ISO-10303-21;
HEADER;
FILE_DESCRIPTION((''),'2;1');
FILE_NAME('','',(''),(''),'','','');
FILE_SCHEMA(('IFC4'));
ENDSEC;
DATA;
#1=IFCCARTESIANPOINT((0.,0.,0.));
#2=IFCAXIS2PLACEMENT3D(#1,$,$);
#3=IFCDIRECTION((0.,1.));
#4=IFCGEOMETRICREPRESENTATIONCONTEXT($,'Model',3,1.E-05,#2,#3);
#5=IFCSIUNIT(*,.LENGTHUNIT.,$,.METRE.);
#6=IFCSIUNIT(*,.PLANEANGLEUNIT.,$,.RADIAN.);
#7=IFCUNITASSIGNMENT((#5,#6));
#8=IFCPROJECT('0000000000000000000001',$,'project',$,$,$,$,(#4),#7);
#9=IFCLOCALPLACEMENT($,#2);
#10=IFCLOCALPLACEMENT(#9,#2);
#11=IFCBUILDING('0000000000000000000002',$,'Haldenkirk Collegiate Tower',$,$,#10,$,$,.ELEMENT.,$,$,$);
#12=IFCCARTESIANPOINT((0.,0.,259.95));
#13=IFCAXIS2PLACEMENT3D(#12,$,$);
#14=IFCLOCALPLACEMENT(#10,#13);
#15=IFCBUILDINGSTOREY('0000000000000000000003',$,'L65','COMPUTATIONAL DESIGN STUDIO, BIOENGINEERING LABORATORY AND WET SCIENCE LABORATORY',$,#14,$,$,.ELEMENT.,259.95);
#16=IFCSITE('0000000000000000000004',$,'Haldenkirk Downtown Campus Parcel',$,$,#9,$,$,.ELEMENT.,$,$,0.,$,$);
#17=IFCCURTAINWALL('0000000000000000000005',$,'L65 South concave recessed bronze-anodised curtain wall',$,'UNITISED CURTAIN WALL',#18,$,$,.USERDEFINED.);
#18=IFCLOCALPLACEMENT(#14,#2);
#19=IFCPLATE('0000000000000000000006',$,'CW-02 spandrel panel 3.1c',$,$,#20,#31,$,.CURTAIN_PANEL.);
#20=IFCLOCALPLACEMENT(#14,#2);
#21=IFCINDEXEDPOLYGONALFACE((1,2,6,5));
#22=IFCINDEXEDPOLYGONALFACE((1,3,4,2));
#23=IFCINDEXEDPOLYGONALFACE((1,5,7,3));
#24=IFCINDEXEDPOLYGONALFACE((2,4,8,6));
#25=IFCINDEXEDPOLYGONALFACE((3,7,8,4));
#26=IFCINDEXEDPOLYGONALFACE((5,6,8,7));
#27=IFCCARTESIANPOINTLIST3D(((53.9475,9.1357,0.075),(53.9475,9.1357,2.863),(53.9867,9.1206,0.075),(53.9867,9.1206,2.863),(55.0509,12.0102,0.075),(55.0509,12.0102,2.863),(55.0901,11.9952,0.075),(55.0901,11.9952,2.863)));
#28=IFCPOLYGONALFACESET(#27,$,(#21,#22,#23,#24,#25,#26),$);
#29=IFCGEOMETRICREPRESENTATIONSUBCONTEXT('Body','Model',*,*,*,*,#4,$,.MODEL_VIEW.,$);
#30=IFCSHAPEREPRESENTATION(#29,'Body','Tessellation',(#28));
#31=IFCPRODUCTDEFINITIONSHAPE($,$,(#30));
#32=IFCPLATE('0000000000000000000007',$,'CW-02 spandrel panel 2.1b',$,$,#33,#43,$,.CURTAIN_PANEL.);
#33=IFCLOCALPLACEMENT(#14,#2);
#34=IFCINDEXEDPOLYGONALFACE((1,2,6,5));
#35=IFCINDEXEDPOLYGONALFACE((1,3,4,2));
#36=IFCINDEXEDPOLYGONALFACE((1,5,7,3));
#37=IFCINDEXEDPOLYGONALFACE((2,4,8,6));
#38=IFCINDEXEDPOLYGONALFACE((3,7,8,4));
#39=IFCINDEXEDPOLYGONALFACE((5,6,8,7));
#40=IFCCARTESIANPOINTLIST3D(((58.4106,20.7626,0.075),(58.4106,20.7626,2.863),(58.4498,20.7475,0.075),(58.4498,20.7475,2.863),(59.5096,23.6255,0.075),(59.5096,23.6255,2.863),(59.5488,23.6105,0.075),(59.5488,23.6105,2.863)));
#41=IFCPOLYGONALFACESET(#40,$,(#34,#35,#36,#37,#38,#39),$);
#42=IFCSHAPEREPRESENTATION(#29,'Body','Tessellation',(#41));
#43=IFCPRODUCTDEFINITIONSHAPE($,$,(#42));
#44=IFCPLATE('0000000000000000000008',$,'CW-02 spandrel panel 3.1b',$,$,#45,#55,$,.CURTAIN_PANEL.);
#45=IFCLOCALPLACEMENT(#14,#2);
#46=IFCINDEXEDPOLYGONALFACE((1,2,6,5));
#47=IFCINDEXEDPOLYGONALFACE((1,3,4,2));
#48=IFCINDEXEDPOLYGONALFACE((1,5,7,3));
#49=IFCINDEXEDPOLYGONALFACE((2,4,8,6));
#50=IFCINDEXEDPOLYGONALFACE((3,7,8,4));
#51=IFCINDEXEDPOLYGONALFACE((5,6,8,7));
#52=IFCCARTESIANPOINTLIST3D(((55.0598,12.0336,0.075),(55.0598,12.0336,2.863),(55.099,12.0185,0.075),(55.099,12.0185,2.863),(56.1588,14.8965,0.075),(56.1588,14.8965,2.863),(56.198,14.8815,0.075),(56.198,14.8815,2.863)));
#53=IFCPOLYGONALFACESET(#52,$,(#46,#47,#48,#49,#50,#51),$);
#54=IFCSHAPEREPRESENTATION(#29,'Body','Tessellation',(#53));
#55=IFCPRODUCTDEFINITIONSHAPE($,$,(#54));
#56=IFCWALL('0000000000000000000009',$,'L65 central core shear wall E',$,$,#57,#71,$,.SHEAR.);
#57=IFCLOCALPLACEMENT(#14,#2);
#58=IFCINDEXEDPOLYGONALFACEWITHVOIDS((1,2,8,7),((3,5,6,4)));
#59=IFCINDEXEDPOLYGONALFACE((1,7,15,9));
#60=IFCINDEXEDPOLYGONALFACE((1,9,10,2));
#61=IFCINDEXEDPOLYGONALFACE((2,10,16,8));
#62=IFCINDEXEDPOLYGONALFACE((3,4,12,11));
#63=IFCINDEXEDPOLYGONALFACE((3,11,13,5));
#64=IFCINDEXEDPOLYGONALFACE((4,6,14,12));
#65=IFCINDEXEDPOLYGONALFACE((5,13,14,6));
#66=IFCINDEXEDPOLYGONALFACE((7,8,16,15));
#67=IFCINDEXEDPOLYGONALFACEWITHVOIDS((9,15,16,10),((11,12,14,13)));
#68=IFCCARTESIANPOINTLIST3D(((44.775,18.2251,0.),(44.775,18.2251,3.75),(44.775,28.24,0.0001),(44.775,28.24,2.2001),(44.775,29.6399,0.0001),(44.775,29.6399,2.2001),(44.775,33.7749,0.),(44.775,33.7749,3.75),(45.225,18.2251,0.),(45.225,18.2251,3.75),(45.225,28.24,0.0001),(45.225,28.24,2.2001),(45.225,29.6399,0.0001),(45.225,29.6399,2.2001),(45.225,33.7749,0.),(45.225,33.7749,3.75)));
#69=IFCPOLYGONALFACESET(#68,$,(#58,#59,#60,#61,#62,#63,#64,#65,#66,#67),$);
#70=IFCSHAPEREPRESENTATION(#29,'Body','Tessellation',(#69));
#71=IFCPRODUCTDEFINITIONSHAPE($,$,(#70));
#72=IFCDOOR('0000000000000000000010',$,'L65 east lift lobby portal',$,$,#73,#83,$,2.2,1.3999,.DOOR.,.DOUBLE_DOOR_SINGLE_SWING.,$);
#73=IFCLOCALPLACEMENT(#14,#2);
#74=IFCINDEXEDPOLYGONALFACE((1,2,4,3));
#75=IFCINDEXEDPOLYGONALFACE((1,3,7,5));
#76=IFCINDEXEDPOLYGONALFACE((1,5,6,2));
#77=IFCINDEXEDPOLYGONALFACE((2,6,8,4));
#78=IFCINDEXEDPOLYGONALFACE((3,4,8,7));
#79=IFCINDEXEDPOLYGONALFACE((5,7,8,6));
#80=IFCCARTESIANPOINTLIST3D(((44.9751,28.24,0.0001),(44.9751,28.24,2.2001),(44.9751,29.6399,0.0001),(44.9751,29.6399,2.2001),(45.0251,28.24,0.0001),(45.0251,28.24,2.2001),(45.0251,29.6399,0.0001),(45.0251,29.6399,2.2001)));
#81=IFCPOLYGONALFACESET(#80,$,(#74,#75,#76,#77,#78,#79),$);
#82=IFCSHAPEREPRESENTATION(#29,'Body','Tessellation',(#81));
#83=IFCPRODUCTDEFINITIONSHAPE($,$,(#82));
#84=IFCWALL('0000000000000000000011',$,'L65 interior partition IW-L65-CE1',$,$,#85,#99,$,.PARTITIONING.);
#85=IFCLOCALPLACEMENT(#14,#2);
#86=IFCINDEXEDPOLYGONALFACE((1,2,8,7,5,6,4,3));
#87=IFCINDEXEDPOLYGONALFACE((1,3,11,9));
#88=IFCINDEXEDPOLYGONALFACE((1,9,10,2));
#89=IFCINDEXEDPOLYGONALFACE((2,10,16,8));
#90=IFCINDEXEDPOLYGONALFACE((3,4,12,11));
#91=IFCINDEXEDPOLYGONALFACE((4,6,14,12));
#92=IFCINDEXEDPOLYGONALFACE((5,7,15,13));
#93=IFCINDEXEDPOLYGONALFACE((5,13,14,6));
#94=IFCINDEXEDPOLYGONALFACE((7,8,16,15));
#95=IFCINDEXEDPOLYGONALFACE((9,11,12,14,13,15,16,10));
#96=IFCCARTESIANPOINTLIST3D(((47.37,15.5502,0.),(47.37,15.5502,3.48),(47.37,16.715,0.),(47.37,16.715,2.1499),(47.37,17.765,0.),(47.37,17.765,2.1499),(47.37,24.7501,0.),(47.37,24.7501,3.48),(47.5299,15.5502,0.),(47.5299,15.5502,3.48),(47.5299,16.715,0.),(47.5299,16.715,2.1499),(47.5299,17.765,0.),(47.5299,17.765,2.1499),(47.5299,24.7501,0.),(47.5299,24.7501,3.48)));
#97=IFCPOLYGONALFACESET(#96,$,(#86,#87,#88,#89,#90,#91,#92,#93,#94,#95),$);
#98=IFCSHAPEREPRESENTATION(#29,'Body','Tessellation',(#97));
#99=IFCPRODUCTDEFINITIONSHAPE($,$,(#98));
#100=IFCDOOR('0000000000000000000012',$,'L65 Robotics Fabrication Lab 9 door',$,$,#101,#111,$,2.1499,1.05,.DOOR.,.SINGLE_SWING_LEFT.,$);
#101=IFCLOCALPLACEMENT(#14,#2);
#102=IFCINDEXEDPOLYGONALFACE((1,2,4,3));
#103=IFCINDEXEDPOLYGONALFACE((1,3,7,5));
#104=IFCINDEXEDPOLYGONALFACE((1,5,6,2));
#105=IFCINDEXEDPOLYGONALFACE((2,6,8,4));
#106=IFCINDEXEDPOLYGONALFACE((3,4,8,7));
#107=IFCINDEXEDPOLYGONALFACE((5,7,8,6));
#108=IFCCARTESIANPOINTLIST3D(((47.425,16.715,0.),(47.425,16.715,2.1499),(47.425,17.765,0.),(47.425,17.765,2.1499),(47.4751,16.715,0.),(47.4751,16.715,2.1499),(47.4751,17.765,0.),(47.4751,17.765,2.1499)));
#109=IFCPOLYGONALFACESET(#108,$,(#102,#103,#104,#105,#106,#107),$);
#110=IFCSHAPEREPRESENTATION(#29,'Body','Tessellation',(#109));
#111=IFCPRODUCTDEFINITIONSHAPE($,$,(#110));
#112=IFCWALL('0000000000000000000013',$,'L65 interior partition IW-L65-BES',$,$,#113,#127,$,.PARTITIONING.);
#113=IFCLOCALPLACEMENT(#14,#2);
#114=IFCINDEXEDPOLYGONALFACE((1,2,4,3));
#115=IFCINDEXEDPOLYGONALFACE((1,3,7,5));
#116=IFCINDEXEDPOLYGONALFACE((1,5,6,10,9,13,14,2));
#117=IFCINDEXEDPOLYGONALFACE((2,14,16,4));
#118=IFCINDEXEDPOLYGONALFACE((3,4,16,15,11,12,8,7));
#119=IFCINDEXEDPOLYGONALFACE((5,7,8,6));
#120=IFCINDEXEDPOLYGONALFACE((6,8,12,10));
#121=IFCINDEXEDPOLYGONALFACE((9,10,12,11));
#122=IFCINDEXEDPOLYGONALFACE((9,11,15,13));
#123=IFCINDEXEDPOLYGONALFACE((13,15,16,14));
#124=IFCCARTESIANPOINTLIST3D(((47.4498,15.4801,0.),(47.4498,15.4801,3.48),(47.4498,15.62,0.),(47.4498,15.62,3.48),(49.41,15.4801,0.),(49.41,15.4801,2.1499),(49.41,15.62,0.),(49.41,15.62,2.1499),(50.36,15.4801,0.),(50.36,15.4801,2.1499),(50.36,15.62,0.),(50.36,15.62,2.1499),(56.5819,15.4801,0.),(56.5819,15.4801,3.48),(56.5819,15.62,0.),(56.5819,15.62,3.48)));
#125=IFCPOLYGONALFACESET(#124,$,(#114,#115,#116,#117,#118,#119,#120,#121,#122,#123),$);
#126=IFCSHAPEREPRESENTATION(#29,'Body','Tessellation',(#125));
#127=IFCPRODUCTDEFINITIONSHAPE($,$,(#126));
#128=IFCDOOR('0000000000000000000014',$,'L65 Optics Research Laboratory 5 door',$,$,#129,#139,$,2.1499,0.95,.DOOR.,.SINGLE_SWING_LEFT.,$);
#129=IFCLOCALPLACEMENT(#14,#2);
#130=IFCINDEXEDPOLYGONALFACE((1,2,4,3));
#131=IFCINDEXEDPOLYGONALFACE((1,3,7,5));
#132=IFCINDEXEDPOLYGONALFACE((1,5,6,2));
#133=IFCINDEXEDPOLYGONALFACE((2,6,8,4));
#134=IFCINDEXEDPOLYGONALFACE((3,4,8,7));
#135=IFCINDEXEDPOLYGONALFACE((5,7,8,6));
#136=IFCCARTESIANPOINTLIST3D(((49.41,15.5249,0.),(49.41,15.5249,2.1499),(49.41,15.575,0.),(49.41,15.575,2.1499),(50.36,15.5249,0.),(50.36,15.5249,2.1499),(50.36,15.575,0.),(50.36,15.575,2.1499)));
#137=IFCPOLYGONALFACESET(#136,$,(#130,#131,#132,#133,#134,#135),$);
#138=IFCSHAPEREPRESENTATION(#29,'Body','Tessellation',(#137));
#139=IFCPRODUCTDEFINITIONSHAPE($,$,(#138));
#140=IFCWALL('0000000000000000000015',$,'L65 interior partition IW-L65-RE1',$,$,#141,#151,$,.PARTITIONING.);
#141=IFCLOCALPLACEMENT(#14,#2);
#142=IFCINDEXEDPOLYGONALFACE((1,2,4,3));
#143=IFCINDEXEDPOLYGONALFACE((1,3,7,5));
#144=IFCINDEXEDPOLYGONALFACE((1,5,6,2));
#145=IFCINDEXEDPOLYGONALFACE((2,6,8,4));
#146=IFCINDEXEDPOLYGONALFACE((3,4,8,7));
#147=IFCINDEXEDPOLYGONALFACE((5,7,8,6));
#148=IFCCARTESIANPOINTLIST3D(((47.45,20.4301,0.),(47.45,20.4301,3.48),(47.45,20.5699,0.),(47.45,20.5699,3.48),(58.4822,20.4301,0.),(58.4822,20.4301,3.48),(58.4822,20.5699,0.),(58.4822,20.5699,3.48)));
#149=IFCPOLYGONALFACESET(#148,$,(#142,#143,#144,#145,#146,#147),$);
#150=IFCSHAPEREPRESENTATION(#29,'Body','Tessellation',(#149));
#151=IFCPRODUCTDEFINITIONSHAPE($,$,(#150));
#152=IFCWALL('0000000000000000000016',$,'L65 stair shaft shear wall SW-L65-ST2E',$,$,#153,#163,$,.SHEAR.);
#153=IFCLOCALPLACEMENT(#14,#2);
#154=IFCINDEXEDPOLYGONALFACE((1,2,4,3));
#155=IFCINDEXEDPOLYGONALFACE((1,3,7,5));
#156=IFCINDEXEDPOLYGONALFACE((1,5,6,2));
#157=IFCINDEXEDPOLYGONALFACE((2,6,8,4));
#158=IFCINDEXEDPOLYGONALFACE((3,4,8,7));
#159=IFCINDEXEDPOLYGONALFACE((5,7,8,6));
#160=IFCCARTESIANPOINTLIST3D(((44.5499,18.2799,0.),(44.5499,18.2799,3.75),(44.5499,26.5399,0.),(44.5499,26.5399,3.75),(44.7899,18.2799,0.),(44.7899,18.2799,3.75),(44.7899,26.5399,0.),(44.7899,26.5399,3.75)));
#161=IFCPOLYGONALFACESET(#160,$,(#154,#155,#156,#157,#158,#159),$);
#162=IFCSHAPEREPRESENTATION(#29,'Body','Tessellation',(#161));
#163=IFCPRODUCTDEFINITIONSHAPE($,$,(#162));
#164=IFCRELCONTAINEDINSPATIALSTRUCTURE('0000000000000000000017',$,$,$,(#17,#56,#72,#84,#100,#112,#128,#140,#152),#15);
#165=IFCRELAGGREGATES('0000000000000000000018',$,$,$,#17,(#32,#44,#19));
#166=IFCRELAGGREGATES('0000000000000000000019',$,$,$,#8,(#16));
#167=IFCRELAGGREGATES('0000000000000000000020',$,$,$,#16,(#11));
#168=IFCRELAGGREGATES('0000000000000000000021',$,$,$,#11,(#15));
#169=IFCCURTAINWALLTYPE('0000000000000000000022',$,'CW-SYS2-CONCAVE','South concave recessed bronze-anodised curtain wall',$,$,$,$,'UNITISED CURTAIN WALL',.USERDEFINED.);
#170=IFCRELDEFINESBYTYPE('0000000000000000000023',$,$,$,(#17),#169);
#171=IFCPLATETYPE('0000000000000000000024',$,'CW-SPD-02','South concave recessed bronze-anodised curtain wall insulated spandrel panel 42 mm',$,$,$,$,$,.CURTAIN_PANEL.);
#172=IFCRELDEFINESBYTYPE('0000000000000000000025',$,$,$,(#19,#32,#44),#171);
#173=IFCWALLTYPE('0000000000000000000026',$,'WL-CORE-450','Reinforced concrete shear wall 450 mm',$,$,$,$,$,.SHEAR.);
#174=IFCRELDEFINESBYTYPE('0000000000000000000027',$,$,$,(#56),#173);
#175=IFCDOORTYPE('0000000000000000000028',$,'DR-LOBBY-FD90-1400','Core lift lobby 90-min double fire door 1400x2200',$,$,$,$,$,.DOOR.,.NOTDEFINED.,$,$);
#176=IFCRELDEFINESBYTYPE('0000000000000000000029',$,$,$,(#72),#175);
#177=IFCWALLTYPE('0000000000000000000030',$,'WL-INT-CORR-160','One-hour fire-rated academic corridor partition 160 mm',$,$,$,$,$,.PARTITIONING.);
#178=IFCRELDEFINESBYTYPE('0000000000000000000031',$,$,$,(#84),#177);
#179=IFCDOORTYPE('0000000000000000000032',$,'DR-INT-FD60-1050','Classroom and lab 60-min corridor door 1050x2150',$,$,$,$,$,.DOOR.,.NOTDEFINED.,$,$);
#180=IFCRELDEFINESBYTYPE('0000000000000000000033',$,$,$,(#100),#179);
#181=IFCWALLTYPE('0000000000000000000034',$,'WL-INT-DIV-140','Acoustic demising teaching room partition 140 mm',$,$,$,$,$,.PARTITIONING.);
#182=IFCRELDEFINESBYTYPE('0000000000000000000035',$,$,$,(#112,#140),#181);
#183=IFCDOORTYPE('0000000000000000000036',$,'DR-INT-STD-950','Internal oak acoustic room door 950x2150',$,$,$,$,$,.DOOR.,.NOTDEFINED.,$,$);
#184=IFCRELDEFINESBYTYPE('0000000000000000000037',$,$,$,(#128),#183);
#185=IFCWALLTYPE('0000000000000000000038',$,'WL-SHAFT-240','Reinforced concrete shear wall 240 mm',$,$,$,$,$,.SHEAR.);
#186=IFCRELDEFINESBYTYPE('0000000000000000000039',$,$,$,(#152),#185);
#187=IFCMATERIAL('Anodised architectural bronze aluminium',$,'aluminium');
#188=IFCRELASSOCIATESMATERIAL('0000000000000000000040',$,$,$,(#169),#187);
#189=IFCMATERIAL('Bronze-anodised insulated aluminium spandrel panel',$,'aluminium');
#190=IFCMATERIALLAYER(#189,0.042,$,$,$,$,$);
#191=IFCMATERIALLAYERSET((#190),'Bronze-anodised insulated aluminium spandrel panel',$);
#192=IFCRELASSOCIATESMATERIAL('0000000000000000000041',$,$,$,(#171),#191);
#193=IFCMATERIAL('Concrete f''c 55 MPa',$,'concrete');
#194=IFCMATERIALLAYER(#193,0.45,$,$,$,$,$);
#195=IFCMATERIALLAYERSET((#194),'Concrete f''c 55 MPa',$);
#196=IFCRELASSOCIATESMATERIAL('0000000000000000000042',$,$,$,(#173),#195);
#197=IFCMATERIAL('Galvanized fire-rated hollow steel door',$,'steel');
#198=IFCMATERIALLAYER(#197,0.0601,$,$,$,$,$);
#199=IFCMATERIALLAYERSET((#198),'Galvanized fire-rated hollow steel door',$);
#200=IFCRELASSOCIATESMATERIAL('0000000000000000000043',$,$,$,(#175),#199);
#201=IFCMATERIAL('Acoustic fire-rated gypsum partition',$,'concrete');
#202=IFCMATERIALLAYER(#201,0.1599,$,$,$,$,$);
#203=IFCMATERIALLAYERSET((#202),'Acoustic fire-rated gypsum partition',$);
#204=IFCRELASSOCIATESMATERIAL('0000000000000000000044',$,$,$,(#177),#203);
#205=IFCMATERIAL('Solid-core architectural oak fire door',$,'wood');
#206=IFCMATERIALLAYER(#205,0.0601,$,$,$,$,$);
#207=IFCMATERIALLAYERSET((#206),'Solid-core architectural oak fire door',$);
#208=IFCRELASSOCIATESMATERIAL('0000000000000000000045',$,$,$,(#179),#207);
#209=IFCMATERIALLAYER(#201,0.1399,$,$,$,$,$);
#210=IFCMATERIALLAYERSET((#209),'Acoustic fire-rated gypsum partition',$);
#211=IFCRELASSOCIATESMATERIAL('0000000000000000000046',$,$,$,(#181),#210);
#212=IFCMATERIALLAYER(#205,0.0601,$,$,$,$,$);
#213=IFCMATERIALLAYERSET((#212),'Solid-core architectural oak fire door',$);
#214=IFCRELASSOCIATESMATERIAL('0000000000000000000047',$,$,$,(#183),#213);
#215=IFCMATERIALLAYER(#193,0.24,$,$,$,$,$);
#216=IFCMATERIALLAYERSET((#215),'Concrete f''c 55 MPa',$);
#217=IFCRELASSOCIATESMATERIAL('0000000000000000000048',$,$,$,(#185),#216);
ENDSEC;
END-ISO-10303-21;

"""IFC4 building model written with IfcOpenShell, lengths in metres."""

from ifc_helpers import new_model, si_unit, direction, frame, frame_2d, origin, origin_2d, place, context, subcontext, project, spatial, rectangle, extrude, source, transform, mapped, material, layer, layer_set, type_object, element, fill, aggregate, save


model = new_model("IFC4")

# Units and contexts
model_context = context("Model", 3, precision=1e-05, world=origin(), true_north=direction((0.0, 1.0)))
body_context = subcontext(model_context, "Body", "Model", "MODEL_VIEW")
ifc_project = project(units=[si_unit("LENGTHUNIT", "METRE"), si_unit("PLANEANGLEUNIT", "RADIAN")], contexts=[model_context])

# Site, building, storey
site_placement = place(None, origin())
site = spatial("IfcSite", under=ifc_project, at=site_placement, Name="Haldenkirk Downtown Campus Parcel", CompositionType="ELEMENT", RefElevation=0.0)
building_placement = place(site_placement, origin())
building = spatial("IfcBuilding", under=site, at=building_placement, Name="Haldenkirk Collegiate Tower", CompositionType="ELEMENT")
storey_placement = place(building_placement, frame((0.0, 0.0, 259.95)))
storey = spatial("IfcBuildingStorey", under=building, at=storey_placement, Name="L65", Description="COMPUTATIONAL DESIGN STUDIO, BIOENGINEERING LABORATORY AND WET SCIENCE LABORATORY", CompositionType="ELEMENT", Elevation=259.95)

# Curtain wall, plates
ifc_material_1 = material(Name="Anodised architectural bronze aluminium", Category="aluminium")
curtain_wall_type = type_object("IfcCurtainWallType", Name="CW-SYS2-CONCAVE", Description="South concave recessed bronze-anodised curtain wall", ElementType="UNITISED CURTAIN WALL", PredefinedType="USERDEFINED", material=ifc_material_1)
curtain_wall_placement = place(storey_placement, origin())
curtain_wall = element("IfcCurtainWall", 1, at=curtain_wall_placement, inside=storey, type_object=curtain_wall_type, Name="L65 South concave recessed bronze-anodised curtain wall", ObjectType="UNITISED CURTAIN WALL", PredefinedType="USERDEFINED")
shared_shape_1 = source(origin(), body_context, "Body", "SweptSolid", [
    extrude(rectangle(XDim=3.0791, YDim=0.042, at=origin_2d()), origin(), (0.0, 0.0, 1.0), 2.7881),
])
ifc_material_2 = material(Name="Bronze-anodised insulated aluminium spandrel panel", Category="aluminium")
ifc_layer_1 = layer(ifc_material_2, 0.042)
ifc_layer_set_1 = layer_set([ifc_layer_1], Name="Bronze-anodised insulated aluminium spandrel panel")
plate_type_1 = type_object("IfcPlateType", Name="CW-SPD-02", Description="South concave recessed bronze-anodised curtain wall insulated spandrel panel 42 mm", PredefinedType="CURTAIN_PANEL", material=ifc_layer_set_1)
plate_1_placement = place(storey_placement, frame((54.5188, 10.5654, 0.075), z_axis=(0.0, 0.0, 1.0), x_axis=(-0.358371, -0.933579, 0.0)))
plate_1 = element("IfcPlate", 2, at=plate_1_placement, type_object=plate_type_1, Name="CW-02 spandrel panel 3.1c", PredefinedType="CURTAIN_PANEL", context=body_context, shape_type="MappedRepresentation", body=[
    mapped(shared_shape_1, transform((0.0, 0.0, 0.0), x_axis=(1.0, 0.0, 0.0), y_axis=(0.0, 1.0, 0.0), z_axis=(0.0, 0.0, 1.0), scale=1.0)),
])
shared_shape_2 = source(origin(), body_context, "Body", "SweptSolid", [
    extrude(rectangle(XDim=3.0667, YDim=0.042, at=origin_2d()), origin(), (0.0, 0.0, 1.0), 2.7881),
])
plate_2_placement = place(storey_placement, frame((58.9797, 22.1865, 0.075), z_axis=(0.0, 0.0, 1.0), x_axis=(-0.358371, -0.933579, 0.0)))
plate_2 = element("IfcPlate", 3, at=plate_2_placement, type_object=plate_type_1, Name="CW-02 spandrel panel 2.1b", PredefinedType="CURTAIN_PANEL", context=body_context, shape_type="MappedRepresentation", body=[
    mapped(shared_shape_2, transform((0.0, 0.0, 0.0), x_axis=(1.0, 0.0, 0.0), y_axis=(0.0, 1.0, 0.0), z_axis=(0.0, 0.0, 1.0), scale=1.0)),
])
plate_3_placement = place(storey_placement, frame((55.6289, 13.4575, 0.075), z_axis=(0.0, 0.0, 1.0), x_axis=(-0.358371, -0.933579, 0.0)))
plate_3 = element("IfcPlate", 4, at=plate_3_placement, type_object=plate_type_1, Name="CW-02 spandrel panel 3.1b", PredefinedType="CURTAIN_PANEL", context=body_context, shape_type="MappedRepresentation", body=[
    mapped(shared_shape_2, transform((0.0, 0.0, 0.0), x_axis=(1.0, 0.0, 0.0), y_axis=(0.0, 1.0, 0.0), z_axis=(0.0, 0.0, 1.0), scale=1.0)),
])
aggregate(curtain_wall, [plate_2, plate_3, plate_1])

# Walls, openings, doors
ifc_material_3 = material(Name="Concrete f'c 55 MPa", Category="concrete")
ifc_layer_2 = layer(ifc_material_3, 0.45)
ifc_layer_set_2 = layer_set([ifc_layer_2], Name="Concrete f'c 55 MPa")
wall_type_1 = type_object("IfcWallType", Name="WL-CORE-450", Description="Reinforced concrete shear wall 450 mm", PredefinedType="SHEAR", material=ifc_layer_set_2)
wall_1_placement = place(storey_placement, frame((45.0, 18.2251, 0.0), z_axis=(0.0, 0.0, 1.0), x_axis=(0.0, 1.0, 0.0)))
wall_1 = element("IfcWall", 5, at=wall_1_placement, inside=storey, type_object=wall_type_1, Name="L65 central core shear wall E", PredefinedType="SHEAR", context=body_context, shape_type="SweptSolid", body=[
    extrude(rectangle(XDim=15.5498, YDim=0.45, at=frame_2d((7.7749, 0.0))), origin(), (0.0, 0.0, 1.0), 3.75),
])
opening_1_placement = place(wall_1_placement, frame((10.0149, 0.0, 0.0)))
opening_1 = element("IfcOpeningElement", 6, at=opening_1_placement, cuts=wall_1, PredefinedType="OPENING", context=body_context, shape_type="SweptSolid", body=[
    extrude(rectangle(XDim=1.3999, YDim=2.2, at=frame_2d((0.7, 1.1001))), frame((0.0, 0.2349, 0.0), z_axis=(0.0, -1.0, 0.0), x_axis=(1.0, 0.0, 0.0)), (0.0, 0.0, 1.0), 0.47),
])
ifc_material_4 = material(Name="Galvanized fire-rated hollow steel door", Category="steel")
ifc_layer_3 = layer(ifc_material_4, 0.0601)
ifc_layer_set_3 = layer_set([ifc_layer_3], Name="Galvanized fire-rated hollow steel door")
door_type_1 = type_object("IfcDoorType", Name="DR-LOBBY-FD90-1400", Description="Core lift lobby 90-min double fire door 1400x2200", OperationType="NOTDEFINED", PredefinedType="DOOR", material=ifc_layer_set_3)
door_1_placement = place(opening_1_placement, origin())
door_1 = element("IfcDoor", 7, at=door_1_placement, inside=storey, type_object=door_type_1, Name="L65 east lift lobby portal", OperationType="DOUBLE_DOOR_SINGLE_SWING", OverallHeight=2.2, OverallWidth=1.3999, PredefinedType="DOOR", context=body_context, shape_type="SweptSolid", body=[
    extrude(rectangle(XDim=1.3999, YDim=2.2, at=frame_2d((0.7, 1.1001))), frame((0.0, 0.0249, 0.0), z_axis=(0.0, -1.0, 0.0), x_axis=(1.0, 0.0, 0.0)), (0.0, 0.0, 1.0), 0.05),
])
fill(opening_1, door_1)
ifc_material_5 = material(Name="Acoustic fire-rated gypsum partition", Category="concrete")
ifc_layer_4 = layer(ifc_material_5, 0.1599)
ifc_layer_set_4 = layer_set([ifc_layer_4], Name="Acoustic fire-rated gypsum partition")
wall_type_2 = type_object("IfcWallType", Name="WL-INT-CORR-160", Description="One-hour fire-rated academic corridor partition 160 mm", PredefinedType="PARTITIONING", material=ifc_layer_set_4)
wall_2_placement = place(storey_placement, frame((47.45, 15.55, 0.0), z_axis=(0.0, 0.0, 1.0), x_axis=(0.0, 1.0, 0.0)))
wall_2 = element("IfcWall", 8, at=wall_2_placement, inside=storey, type_object=wall_type_2, Name="L65 interior partition IW-L65-CE1", PredefinedType="PARTITIONING", context=body_context, shape_type="SweptSolid", body=[
    extrude(rectangle(XDim=9.2, YDim=0.1599, at=frame_2d((4.6001, 0.0))), origin(), (0.0, 0.0, 1.0), 3.48),
])
opening_2_placement = place(wall_2_placement, frame((1.165, 0.0, 0.0)))
opening_2 = element("IfcOpeningElement", 9, at=opening_2_placement, cuts=wall_2, PredefinedType="OPENING", context=body_context, shape_type="SweptSolid", body=[
    extrude(rectangle(XDim=1.05, YDim=2.1499, at=frame_2d((0.5249, 1.075))), frame((0.0, 0.0898, 0.0), z_axis=(0.0, -1.0, 0.0), x_axis=(1.0, 0.0, 0.0)), (0.0, 0.0, 1.0), 0.1799),
])
ifc_material_6 = material(Name="Solid-core architectural oak fire door", Category="wood")
ifc_layer_5 = layer(ifc_material_6, 0.0601)
ifc_layer_set_5 = layer_set([ifc_layer_5], Name="Solid-core architectural oak fire door")
door_type_2 = type_object("IfcDoorType", Name="DR-INT-FD60-1050", Description="Classroom and lab 60-min corridor door 1050x2150", OperationType="NOTDEFINED", PredefinedType="DOOR", material=ifc_layer_set_5)
door_2_placement = place(opening_2_placement, origin())
door_2 = element("IfcDoor", 10, at=door_2_placement, inside=storey, type_object=door_type_2, Name="L65 Robotics Fabrication Lab 9 door", OperationType="SINGLE_SWING_LEFT", OverallHeight=2.1499, OverallWidth=1.05, PredefinedType="DOOR", context=body_context, shape_type="SweptSolid", body=[
    extrude(rectangle(XDim=1.05, YDim=2.1499, at=frame_2d((0.5249, 1.075))), frame((0.0, 0.0249, 0.0), z_axis=(0.0, -1.0, 0.0), x_axis=(1.0, 0.0, 0.0)), (0.0, 0.0, 1.0), 0.05),
])
fill(opening_2, door_2)
ifc_layer_6 = layer(ifc_material_5, 0.1399)
ifc_layer_set_6 = layer_set([ifc_layer_6], Name="Acoustic fire-rated gypsum partition")
wall_type_3 = type_object("IfcWallType", Name="WL-INT-DIV-140", Description="Acoustic demising teaching room partition 140 mm", PredefinedType="PARTITIONING", material=ifc_layer_set_6)
wall_3_placement = place(storey_placement, frame((47.45, 15.55, 0.0), z_axis=(0.0, 0.0, 1.0), x_axis=(1.0, 0.0, 0.0)))
wall_3 = element("IfcWall", 11, at=wall_3_placement, inside=storey, type_object=wall_type_3, Name="L65 interior partition IW-L65-BES", PredefinedType="PARTITIONING", context=body_context, shape_type="SweptSolid", body=[
    extrude(rectangle(XDim=9.1321, YDim=0.1399, at=frame_2d((4.5659, 0.0))), origin(), (0.0, 0.0, 1.0), 3.48),
])
opening_3_placement = place(wall_3_placement, frame((1.96, 0.0, 0.0)))
opening_3 = element("IfcOpeningElement", 12, at=opening_3_placement, cuts=wall_3, PredefinedType="OPENING", context=body_context, shape_type="SweptSolid", body=[
    extrude(rectangle(XDim=0.95, YDim=2.1499, at=frame_2d((0.4751, 1.075))), frame((0.0, 0.0798, 0.0), z_axis=(0.0, -1.0, 0.0), x_axis=(1.0, 0.0, 0.0)), (0.0, 0.0, 1.0), 0.1599),
])
ifc_layer_7 = layer(ifc_material_6, 0.0601)
ifc_layer_set_7 = layer_set([ifc_layer_7], Name="Solid-core architectural oak fire door")
door_type_3 = type_object("IfcDoorType", Name="DR-INT-STD-950", Description="Internal oak acoustic room door 950x2150", OperationType="NOTDEFINED", PredefinedType="DOOR", material=ifc_layer_set_7)
door_3_placement = place(opening_3_placement, origin())
door_3 = element("IfcDoor", 13, at=door_3_placement, inside=storey, type_object=door_type_3, Name="L65 Optics Research Laboratory 5 door", OperationType="SINGLE_SWING_LEFT", OverallHeight=2.1499, OverallWidth=0.95, PredefinedType="DOOR", context=body_context, shape_type="SweptSolid", body=[
    extrude(rectangle(XDim=0.95, YDim=2.1499, at=frame_2d((0.4751, 1.075))), frame((0.0, 0.0249, 0.0), z_axis=(0.0, -1.0, 0.0), x_axis=(1.0, 0.0, 0.0)), (0.0, 0.0, 1.0), 0.05),
])
fill(opening_3, door_3)

# Walls
wall_4_placement = place(storey_placement, frame((47.45, 20.5, 0.0), z_axis=(0.0, 0.0, 1.0), x_axis=(1.0, 0.0, 0.0)))
element("IfcWall", 14, at=wall_4_placement, inside=storey, type_object=wall_type_3, Name="L65 interior partition IW-L65-RE1", PredefinedType="PARTITIONING", context=body_context, shape_type="SweptSolid", body=[
    extrude(rectangle(XDim=11.0322, YDim=0.1399, at=frame_2d((5.5161, 0.0))), origin(), (0.0, 0.0, 1.0), 3.48),
])
ifc_layer_8 = layer(ifc_material_3, 0.24)
ifc_layer_set_8 = layer_set([ifc_layer_8], Name="Concrete f'c 55 MPa")
wall_type_4 = type_object("IfcWallType", Name="WL-SHAFT-240", Description="Reinforced concrete shear wall 240 mm", PredefinedType="SHEAR", material=ifc_layer_set_8)
wall_5_placement = place(storey_placement, frame((44.6699, 18.28, 0.0), z_axis=(0.0, 0.0, 1.0), x_axis=(0.0, 1.0, 0.0)))
element("IfcWall", 15, at=wall_5_placement, inside=storey, type_object=wall_type_4, Name="L65 stair shaft shear wall SW-L65-ST2E", PredefinedType="SHEAR", context=body_context, shape_type="SweptSolid", body=[
    extrude(rectangle(XDim=8.26, YDim=0.24, at=frame_2d((4.1299, 0.0))), origin(), (0.0, 0.0, 1.0), 3.75),
])

save(model, "model.ifc")
